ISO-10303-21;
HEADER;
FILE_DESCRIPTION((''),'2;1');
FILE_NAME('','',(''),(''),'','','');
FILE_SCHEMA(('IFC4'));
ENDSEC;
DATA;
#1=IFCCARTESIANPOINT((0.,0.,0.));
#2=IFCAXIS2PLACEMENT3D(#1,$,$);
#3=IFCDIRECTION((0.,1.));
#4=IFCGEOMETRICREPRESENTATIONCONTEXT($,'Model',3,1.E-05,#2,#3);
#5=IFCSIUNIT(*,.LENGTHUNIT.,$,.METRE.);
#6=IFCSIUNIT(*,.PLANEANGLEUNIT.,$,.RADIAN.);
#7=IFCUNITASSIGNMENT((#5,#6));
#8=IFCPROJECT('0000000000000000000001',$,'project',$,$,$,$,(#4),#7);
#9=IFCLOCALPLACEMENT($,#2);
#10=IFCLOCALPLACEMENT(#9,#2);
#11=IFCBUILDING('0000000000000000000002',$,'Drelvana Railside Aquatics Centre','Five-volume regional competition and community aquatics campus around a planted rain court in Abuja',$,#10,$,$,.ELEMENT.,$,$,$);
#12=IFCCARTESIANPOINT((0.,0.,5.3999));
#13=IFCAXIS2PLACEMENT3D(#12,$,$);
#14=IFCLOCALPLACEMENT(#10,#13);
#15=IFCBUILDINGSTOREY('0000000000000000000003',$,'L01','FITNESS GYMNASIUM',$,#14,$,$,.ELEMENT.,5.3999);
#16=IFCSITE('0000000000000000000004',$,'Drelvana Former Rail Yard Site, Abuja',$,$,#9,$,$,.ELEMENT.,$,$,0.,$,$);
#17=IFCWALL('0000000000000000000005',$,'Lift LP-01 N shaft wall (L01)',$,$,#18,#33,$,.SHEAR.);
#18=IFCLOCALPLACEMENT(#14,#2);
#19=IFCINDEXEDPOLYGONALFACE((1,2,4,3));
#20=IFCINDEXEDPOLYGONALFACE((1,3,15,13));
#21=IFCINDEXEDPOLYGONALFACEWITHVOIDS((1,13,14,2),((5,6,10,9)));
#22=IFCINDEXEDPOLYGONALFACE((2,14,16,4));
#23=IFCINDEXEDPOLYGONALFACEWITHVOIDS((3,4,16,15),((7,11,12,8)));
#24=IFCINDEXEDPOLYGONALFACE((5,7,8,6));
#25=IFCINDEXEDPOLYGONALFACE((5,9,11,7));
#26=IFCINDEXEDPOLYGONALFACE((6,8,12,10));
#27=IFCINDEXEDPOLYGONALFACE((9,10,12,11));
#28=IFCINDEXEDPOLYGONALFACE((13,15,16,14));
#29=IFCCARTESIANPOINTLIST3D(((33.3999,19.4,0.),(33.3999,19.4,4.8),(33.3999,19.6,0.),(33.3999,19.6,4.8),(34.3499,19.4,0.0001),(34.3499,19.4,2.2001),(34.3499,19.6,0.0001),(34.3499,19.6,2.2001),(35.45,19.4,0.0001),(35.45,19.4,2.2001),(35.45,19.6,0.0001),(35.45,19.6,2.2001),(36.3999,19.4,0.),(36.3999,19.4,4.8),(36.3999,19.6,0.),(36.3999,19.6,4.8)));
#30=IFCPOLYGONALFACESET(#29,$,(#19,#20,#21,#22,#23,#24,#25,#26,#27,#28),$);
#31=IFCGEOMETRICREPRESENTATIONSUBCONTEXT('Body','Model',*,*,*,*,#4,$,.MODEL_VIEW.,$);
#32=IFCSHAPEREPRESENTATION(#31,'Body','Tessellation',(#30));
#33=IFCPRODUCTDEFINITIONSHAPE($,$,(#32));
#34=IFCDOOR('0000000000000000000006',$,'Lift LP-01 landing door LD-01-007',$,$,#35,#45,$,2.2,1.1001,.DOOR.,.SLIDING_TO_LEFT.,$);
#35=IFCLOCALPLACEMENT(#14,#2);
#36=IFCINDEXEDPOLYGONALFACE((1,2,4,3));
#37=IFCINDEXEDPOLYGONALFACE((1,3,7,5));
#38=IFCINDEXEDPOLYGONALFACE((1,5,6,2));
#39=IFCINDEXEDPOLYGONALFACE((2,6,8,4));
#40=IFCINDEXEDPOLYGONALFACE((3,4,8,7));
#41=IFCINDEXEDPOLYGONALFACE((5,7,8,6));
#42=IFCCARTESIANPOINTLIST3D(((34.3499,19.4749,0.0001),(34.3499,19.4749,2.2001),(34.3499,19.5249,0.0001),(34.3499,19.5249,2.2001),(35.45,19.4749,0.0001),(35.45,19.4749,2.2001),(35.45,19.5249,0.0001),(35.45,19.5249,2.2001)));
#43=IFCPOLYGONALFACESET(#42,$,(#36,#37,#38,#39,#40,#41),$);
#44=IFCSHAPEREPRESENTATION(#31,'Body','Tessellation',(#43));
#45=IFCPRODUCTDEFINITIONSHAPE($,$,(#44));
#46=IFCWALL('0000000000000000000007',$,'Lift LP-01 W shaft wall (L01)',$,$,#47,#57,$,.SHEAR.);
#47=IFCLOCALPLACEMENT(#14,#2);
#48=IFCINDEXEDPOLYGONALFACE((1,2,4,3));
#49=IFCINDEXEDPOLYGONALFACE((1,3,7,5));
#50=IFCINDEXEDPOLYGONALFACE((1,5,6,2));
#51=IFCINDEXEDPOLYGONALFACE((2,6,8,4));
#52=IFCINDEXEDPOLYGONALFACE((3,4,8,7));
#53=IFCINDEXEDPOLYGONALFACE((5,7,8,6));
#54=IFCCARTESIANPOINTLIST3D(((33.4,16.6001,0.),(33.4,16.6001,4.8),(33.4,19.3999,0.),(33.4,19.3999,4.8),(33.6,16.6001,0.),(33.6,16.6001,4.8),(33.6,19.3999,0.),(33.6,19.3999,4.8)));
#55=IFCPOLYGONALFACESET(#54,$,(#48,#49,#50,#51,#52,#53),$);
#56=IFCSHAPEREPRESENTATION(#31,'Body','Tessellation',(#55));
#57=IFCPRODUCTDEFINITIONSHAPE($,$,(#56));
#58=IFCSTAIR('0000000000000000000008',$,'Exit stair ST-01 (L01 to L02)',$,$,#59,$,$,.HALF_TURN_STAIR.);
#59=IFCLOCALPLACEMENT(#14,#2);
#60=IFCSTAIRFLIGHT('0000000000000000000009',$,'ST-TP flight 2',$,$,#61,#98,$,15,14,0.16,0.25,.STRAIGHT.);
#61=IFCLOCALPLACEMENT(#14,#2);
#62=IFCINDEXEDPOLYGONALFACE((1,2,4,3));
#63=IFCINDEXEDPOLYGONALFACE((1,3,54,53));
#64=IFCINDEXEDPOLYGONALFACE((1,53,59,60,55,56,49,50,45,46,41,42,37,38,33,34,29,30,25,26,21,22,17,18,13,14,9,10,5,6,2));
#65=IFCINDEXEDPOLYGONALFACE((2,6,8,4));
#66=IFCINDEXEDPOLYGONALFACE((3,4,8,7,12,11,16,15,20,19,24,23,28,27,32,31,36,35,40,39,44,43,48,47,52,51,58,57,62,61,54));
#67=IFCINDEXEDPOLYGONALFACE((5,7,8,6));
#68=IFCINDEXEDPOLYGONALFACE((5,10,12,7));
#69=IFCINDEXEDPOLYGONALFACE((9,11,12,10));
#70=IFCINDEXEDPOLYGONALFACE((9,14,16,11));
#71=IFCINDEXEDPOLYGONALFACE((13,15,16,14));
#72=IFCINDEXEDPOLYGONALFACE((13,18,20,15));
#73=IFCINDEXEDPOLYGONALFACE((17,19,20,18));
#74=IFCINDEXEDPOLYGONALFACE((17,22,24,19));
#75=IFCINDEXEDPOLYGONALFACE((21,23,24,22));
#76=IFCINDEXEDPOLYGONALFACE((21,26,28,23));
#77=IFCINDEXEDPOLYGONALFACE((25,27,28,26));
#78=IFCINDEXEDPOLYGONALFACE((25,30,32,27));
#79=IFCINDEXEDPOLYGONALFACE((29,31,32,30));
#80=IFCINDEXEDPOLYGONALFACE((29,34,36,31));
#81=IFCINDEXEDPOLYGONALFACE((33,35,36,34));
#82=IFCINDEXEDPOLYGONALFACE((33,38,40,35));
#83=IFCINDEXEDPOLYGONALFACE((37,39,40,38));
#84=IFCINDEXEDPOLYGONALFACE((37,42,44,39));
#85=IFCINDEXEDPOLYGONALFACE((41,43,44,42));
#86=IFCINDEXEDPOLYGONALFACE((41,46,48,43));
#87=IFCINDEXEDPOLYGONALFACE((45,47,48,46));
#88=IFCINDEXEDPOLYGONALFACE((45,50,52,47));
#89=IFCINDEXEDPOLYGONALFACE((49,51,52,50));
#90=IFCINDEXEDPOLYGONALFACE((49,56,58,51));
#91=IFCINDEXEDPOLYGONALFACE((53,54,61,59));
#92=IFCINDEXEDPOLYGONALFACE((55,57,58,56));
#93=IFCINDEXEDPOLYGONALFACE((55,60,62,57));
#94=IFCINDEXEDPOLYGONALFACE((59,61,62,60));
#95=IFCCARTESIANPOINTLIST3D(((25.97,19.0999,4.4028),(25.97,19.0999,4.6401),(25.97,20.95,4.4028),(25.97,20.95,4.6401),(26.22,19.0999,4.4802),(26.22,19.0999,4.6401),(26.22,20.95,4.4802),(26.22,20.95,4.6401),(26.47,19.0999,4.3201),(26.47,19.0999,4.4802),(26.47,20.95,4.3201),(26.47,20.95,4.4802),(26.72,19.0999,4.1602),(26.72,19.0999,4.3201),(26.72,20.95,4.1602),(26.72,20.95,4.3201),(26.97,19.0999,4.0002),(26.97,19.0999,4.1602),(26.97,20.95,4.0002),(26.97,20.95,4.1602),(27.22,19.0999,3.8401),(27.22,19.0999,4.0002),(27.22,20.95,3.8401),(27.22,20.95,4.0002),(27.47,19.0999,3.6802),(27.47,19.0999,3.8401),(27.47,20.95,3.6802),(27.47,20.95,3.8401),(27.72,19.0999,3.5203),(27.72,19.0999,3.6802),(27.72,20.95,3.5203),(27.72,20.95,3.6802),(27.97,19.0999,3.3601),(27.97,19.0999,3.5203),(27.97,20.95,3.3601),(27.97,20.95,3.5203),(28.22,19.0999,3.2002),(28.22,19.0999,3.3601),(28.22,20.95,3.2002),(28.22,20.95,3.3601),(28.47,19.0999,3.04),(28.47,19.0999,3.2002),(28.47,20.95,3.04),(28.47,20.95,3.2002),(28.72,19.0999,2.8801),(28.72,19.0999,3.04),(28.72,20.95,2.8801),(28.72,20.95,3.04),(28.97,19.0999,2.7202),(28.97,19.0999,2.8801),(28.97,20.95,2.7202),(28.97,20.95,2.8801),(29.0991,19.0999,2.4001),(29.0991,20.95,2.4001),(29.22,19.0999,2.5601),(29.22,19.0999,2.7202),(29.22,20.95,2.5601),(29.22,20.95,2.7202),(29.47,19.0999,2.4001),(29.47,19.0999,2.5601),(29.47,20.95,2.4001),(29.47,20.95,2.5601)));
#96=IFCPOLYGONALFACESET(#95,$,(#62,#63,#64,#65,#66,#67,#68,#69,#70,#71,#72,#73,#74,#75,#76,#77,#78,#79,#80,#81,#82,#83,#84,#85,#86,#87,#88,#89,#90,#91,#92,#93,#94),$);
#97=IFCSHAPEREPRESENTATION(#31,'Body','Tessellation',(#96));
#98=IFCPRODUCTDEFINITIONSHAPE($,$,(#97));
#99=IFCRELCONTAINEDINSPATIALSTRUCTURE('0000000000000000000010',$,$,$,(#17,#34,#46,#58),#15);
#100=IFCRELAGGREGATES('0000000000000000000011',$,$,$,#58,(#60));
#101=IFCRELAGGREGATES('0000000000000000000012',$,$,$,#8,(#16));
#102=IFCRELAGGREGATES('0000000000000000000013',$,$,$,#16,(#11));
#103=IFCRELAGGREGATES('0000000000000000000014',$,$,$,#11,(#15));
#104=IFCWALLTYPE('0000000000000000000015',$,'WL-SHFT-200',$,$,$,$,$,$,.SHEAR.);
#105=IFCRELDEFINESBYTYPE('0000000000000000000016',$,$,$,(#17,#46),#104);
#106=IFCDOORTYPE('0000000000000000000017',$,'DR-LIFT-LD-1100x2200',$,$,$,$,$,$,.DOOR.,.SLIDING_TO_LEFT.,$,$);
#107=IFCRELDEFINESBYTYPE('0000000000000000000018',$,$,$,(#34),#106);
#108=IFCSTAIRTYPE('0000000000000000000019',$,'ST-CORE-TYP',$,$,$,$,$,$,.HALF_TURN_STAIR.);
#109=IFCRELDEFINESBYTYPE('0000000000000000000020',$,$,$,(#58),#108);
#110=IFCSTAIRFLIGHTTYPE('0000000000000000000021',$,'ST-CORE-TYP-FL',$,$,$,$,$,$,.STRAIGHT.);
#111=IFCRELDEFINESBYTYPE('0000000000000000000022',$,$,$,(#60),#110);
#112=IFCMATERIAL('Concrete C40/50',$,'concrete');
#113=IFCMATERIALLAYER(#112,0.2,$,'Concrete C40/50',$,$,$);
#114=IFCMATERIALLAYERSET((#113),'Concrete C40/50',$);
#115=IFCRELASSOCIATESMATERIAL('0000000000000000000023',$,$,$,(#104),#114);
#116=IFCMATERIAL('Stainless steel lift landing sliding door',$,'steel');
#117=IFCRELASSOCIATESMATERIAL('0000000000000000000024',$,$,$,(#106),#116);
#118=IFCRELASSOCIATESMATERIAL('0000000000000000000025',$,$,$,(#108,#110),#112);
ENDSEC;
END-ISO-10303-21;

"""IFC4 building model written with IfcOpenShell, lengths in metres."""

from ifc_helpers import new_model, si_unit, direction, frame, frame_2d, origin, place, context, subcontext, project, spatial, polyline, rectangle, outline, extrude, material, layer, layer_set, type_object, element, fill, aggregate, save


model = new_model("IFC4")

# Units and contexts
model_context = context("Model", 3, precision=1e-05, world=origin(), true_north=direction((0.0, 1.0)))
body_context = subcontext(model_context, "Body", "Model", "MODEL_VIEW")
ifc_project = project(units=[si_unit("LENGTHUNIT", "METRE"), si_unit("PLANEANGLEUNIT", "RADIAN")], contexts=[model_context])

# Site, building, storey
site_placement = place(None, origin())
site = spatial("IfcSite", under=ifc_project, at=site_placement, Name="Drelvana Former Rail Yard Site, Abuja", CompositionType="ELEMENT", RefElevation=0.0)
building_placement = place(site_placement, origin())
building = spatial("IfcBuilding", under=site, at=building_placement, Name="Drelvana Railside Aquatics Centre", Description="Five-volume regional competition and community aquatics campus around a planted rain court in Abuja", CompositionType="ELEMENT")
storey_placement = place(building_placement, frame((0.0, 0.0, 5.3999)))
storey = spatial("IfcBuildingStorey", under=building, at=storey_placement, Name="L01", Description="FITNESS GYMNASIUM", CompositionType="ELEMENT", Elevation=5.3999)

# Shared definitions
ifc_material_1 = material(Name="Concrete C40/50", Category="concrete")

# Shared definitions
ifc_layer = layer(ifc_material_1, 0.2, Name="Concrete C40/50")
ifc_layer_set = layer_set([ifc_layer], Name="Concrete C40/50")
wall_type = type_object("IfcWallType", Name="WL-SHFT-200", PredefinedType="SHEAR", material=ifc_layer_set)

# Wall, opening, door
wall_1_placement = place(storey_placement, frame((33.3999, 19.5, 0.0), z_axis=(0.0, 0.0, 1.0), x_axis=(1.0, 0.0, 0.0)))
wall_1 = element("IfcWall", 1, at=wall_1_placement, inside=storey, type_object=wall_type, Name="Lift LP-01 N shaft wall (L01)", PredefinedType="SHEAR", context=body_context, shape_type="SweptSolid", body=[
    extrude(rectangle(XDim=3.0, YDim=0.2, at=frame_2d((1.5, 0.0))), origin(), (0.0, 0.0, 1.0), 4.8),
])
opening_placement = place(wall_1_placement, frame((0.95, 0.0, 0.0)))
opening = element("IfcOpeningElement", 2, at=opening_placement, cuts=wall_1, PredefinedType="OPENING", context=body_context, shape_type="SweptSolid", body=[
    extrude(rectangle(XDim=1.1001, YDim=2.2, at=frame_2d((0.55, 1.1001))), frame((0.0, 0.1099, 0.0), z_axis=(0.0, -1.0, 0.0), x_axis=(1.0, 0.0, 0.0)), (0.0, 0.0, 1.0), 0.22),
])
ifc_material_2 = material(Name="Stainless steel lift landing sliding door", Category="steel")
door_type = type_object("IfcDoorType", Name="DR-LIFT-LD-1100x2200", OperationType="SLIDING_TO_LEFT", PredefinedType="DOOR", material=ifc_material_2)
door_placement = place(opening_placement, origin())
door = element("IfcDoor", 3, at=door_placement, inside=storey, type_object=door_type, Name="Lift LP-01 landing door LD-01-007", OperationType="SLIDING_TO_LEFT", OverallHeight=2.2, OverallWidth=1.1001, PredefinedType="DOOR", context=body_context, shape_type="SweptSolid", body=[
    extrude(rectangle(XDim=1.1001, YDim=2.2, at=frame_2d((0.55, 1.1001))), frame((0.0, 0.0249, 0.0), z_axis=(0.0, -1.0, 0.0), x_axis=(1.0, 0.0, 0.0)), (0.0, 0.0, 1.0), 0.05),
])
fill(opening, door)

# Wall
wall_2_placement = place(storey_placement, frame((33.5, 16.6001, 0.0), z_axis=(0.0, 0.0, 1.0), x_axis=(0.0, 1.0, 0.0)))
element("IfcWall", 4, at=wall_2_placement, inside=storey, type_object=wall_type, Name="Lift LP-01 W shaft wall (L01)", PredefinedType="SHEAR", context=body_context, shape_type="SweptSolid", body=[
    extrude(rectangle(XDim=2.7998, YDim=0.2, at=frame_2d((1.3999, 0.0))), origin(), (0.0, 0.0, 1.0), 4.8),
])

# Stair, stair flight
stair_type = type_object("IfcStairType", Name="ST-CORE-TYP", PredefinedType="HALF_TURN_STAIR", material=ifc_material_1)
stair_placement = place(storey_placement, origin())
stair = element("IfcStair", 5, at=stair_placement, inside=storey, type_object=stair_type, Name="Exit stair ST-01 (L01 to L02)", PredefinedType="HALF_TURN_STAIR")
stair_flight_type = type_object("IfcStairFlightType", Name="ST-CORE-TYP-FL", PredefinedType="STRAIGHT", material=ifc_material_1)
stair_flight_placement = place(storey_placement, frame((29.47, 20.0249, 2.4001), z_axis=(0.0, 0.0, 1.0), x_axis=(-1.0, 0.0, 0.0)))
stair_flight = element("IfcStairFlight", 6, at=stair_flight_placement, type_object=stair_flight_type, Name="ST-TP flight 2", NumberOfRisers=15, NumberOfTreads=14, PredefinedType="STRAIGHT", RiserHeight=0.16, TreadLength=0.25, context=body_context, shape_type="SweptSolid", body=[
    extrude(outline(polyline([(0.0, 0.0), (0.0, 0.1599), (0.25, 0.1599), (0.25, 0.3201), (0.5, 0.3201), (0.5, 0.48), (0.75, 0.48), (0.75, 0.6399), (1.0, 0.6399), (1.0, 0.8), (1.25, 0.8), (1.25, 0.96), (1.5, 0.96), (1.5, 1.1201), (1.75, 1.1201), (1.75, 1.28), (2.0, 1.28), (2.0, 1.4399), (2.25, 1.4399), (2.25, 1.6001), (2.5, 1.6001), (2.5, 1.76), (2.75, 1.76), (2.75, 1.9199), (3.0, 1.9199), (3.0, 2.0801), (3.25, 2.0801), (3.25, 2.24), (3.5, 2.24), (3.5, 2.3999), (3.5, 2.0027), (0.3708, 0.0), (0.0, 0.0)])), frame((0.0, 0.925, 0.0), z_axis=(0.0, -1.0, 0.0), x_axis=(1.0, 0.0, 0.0)), (0.0, 0.0, 1.0), 1.8501),
])
aggregate(stair, [stair_flight])

save(model, "model.ifc")
